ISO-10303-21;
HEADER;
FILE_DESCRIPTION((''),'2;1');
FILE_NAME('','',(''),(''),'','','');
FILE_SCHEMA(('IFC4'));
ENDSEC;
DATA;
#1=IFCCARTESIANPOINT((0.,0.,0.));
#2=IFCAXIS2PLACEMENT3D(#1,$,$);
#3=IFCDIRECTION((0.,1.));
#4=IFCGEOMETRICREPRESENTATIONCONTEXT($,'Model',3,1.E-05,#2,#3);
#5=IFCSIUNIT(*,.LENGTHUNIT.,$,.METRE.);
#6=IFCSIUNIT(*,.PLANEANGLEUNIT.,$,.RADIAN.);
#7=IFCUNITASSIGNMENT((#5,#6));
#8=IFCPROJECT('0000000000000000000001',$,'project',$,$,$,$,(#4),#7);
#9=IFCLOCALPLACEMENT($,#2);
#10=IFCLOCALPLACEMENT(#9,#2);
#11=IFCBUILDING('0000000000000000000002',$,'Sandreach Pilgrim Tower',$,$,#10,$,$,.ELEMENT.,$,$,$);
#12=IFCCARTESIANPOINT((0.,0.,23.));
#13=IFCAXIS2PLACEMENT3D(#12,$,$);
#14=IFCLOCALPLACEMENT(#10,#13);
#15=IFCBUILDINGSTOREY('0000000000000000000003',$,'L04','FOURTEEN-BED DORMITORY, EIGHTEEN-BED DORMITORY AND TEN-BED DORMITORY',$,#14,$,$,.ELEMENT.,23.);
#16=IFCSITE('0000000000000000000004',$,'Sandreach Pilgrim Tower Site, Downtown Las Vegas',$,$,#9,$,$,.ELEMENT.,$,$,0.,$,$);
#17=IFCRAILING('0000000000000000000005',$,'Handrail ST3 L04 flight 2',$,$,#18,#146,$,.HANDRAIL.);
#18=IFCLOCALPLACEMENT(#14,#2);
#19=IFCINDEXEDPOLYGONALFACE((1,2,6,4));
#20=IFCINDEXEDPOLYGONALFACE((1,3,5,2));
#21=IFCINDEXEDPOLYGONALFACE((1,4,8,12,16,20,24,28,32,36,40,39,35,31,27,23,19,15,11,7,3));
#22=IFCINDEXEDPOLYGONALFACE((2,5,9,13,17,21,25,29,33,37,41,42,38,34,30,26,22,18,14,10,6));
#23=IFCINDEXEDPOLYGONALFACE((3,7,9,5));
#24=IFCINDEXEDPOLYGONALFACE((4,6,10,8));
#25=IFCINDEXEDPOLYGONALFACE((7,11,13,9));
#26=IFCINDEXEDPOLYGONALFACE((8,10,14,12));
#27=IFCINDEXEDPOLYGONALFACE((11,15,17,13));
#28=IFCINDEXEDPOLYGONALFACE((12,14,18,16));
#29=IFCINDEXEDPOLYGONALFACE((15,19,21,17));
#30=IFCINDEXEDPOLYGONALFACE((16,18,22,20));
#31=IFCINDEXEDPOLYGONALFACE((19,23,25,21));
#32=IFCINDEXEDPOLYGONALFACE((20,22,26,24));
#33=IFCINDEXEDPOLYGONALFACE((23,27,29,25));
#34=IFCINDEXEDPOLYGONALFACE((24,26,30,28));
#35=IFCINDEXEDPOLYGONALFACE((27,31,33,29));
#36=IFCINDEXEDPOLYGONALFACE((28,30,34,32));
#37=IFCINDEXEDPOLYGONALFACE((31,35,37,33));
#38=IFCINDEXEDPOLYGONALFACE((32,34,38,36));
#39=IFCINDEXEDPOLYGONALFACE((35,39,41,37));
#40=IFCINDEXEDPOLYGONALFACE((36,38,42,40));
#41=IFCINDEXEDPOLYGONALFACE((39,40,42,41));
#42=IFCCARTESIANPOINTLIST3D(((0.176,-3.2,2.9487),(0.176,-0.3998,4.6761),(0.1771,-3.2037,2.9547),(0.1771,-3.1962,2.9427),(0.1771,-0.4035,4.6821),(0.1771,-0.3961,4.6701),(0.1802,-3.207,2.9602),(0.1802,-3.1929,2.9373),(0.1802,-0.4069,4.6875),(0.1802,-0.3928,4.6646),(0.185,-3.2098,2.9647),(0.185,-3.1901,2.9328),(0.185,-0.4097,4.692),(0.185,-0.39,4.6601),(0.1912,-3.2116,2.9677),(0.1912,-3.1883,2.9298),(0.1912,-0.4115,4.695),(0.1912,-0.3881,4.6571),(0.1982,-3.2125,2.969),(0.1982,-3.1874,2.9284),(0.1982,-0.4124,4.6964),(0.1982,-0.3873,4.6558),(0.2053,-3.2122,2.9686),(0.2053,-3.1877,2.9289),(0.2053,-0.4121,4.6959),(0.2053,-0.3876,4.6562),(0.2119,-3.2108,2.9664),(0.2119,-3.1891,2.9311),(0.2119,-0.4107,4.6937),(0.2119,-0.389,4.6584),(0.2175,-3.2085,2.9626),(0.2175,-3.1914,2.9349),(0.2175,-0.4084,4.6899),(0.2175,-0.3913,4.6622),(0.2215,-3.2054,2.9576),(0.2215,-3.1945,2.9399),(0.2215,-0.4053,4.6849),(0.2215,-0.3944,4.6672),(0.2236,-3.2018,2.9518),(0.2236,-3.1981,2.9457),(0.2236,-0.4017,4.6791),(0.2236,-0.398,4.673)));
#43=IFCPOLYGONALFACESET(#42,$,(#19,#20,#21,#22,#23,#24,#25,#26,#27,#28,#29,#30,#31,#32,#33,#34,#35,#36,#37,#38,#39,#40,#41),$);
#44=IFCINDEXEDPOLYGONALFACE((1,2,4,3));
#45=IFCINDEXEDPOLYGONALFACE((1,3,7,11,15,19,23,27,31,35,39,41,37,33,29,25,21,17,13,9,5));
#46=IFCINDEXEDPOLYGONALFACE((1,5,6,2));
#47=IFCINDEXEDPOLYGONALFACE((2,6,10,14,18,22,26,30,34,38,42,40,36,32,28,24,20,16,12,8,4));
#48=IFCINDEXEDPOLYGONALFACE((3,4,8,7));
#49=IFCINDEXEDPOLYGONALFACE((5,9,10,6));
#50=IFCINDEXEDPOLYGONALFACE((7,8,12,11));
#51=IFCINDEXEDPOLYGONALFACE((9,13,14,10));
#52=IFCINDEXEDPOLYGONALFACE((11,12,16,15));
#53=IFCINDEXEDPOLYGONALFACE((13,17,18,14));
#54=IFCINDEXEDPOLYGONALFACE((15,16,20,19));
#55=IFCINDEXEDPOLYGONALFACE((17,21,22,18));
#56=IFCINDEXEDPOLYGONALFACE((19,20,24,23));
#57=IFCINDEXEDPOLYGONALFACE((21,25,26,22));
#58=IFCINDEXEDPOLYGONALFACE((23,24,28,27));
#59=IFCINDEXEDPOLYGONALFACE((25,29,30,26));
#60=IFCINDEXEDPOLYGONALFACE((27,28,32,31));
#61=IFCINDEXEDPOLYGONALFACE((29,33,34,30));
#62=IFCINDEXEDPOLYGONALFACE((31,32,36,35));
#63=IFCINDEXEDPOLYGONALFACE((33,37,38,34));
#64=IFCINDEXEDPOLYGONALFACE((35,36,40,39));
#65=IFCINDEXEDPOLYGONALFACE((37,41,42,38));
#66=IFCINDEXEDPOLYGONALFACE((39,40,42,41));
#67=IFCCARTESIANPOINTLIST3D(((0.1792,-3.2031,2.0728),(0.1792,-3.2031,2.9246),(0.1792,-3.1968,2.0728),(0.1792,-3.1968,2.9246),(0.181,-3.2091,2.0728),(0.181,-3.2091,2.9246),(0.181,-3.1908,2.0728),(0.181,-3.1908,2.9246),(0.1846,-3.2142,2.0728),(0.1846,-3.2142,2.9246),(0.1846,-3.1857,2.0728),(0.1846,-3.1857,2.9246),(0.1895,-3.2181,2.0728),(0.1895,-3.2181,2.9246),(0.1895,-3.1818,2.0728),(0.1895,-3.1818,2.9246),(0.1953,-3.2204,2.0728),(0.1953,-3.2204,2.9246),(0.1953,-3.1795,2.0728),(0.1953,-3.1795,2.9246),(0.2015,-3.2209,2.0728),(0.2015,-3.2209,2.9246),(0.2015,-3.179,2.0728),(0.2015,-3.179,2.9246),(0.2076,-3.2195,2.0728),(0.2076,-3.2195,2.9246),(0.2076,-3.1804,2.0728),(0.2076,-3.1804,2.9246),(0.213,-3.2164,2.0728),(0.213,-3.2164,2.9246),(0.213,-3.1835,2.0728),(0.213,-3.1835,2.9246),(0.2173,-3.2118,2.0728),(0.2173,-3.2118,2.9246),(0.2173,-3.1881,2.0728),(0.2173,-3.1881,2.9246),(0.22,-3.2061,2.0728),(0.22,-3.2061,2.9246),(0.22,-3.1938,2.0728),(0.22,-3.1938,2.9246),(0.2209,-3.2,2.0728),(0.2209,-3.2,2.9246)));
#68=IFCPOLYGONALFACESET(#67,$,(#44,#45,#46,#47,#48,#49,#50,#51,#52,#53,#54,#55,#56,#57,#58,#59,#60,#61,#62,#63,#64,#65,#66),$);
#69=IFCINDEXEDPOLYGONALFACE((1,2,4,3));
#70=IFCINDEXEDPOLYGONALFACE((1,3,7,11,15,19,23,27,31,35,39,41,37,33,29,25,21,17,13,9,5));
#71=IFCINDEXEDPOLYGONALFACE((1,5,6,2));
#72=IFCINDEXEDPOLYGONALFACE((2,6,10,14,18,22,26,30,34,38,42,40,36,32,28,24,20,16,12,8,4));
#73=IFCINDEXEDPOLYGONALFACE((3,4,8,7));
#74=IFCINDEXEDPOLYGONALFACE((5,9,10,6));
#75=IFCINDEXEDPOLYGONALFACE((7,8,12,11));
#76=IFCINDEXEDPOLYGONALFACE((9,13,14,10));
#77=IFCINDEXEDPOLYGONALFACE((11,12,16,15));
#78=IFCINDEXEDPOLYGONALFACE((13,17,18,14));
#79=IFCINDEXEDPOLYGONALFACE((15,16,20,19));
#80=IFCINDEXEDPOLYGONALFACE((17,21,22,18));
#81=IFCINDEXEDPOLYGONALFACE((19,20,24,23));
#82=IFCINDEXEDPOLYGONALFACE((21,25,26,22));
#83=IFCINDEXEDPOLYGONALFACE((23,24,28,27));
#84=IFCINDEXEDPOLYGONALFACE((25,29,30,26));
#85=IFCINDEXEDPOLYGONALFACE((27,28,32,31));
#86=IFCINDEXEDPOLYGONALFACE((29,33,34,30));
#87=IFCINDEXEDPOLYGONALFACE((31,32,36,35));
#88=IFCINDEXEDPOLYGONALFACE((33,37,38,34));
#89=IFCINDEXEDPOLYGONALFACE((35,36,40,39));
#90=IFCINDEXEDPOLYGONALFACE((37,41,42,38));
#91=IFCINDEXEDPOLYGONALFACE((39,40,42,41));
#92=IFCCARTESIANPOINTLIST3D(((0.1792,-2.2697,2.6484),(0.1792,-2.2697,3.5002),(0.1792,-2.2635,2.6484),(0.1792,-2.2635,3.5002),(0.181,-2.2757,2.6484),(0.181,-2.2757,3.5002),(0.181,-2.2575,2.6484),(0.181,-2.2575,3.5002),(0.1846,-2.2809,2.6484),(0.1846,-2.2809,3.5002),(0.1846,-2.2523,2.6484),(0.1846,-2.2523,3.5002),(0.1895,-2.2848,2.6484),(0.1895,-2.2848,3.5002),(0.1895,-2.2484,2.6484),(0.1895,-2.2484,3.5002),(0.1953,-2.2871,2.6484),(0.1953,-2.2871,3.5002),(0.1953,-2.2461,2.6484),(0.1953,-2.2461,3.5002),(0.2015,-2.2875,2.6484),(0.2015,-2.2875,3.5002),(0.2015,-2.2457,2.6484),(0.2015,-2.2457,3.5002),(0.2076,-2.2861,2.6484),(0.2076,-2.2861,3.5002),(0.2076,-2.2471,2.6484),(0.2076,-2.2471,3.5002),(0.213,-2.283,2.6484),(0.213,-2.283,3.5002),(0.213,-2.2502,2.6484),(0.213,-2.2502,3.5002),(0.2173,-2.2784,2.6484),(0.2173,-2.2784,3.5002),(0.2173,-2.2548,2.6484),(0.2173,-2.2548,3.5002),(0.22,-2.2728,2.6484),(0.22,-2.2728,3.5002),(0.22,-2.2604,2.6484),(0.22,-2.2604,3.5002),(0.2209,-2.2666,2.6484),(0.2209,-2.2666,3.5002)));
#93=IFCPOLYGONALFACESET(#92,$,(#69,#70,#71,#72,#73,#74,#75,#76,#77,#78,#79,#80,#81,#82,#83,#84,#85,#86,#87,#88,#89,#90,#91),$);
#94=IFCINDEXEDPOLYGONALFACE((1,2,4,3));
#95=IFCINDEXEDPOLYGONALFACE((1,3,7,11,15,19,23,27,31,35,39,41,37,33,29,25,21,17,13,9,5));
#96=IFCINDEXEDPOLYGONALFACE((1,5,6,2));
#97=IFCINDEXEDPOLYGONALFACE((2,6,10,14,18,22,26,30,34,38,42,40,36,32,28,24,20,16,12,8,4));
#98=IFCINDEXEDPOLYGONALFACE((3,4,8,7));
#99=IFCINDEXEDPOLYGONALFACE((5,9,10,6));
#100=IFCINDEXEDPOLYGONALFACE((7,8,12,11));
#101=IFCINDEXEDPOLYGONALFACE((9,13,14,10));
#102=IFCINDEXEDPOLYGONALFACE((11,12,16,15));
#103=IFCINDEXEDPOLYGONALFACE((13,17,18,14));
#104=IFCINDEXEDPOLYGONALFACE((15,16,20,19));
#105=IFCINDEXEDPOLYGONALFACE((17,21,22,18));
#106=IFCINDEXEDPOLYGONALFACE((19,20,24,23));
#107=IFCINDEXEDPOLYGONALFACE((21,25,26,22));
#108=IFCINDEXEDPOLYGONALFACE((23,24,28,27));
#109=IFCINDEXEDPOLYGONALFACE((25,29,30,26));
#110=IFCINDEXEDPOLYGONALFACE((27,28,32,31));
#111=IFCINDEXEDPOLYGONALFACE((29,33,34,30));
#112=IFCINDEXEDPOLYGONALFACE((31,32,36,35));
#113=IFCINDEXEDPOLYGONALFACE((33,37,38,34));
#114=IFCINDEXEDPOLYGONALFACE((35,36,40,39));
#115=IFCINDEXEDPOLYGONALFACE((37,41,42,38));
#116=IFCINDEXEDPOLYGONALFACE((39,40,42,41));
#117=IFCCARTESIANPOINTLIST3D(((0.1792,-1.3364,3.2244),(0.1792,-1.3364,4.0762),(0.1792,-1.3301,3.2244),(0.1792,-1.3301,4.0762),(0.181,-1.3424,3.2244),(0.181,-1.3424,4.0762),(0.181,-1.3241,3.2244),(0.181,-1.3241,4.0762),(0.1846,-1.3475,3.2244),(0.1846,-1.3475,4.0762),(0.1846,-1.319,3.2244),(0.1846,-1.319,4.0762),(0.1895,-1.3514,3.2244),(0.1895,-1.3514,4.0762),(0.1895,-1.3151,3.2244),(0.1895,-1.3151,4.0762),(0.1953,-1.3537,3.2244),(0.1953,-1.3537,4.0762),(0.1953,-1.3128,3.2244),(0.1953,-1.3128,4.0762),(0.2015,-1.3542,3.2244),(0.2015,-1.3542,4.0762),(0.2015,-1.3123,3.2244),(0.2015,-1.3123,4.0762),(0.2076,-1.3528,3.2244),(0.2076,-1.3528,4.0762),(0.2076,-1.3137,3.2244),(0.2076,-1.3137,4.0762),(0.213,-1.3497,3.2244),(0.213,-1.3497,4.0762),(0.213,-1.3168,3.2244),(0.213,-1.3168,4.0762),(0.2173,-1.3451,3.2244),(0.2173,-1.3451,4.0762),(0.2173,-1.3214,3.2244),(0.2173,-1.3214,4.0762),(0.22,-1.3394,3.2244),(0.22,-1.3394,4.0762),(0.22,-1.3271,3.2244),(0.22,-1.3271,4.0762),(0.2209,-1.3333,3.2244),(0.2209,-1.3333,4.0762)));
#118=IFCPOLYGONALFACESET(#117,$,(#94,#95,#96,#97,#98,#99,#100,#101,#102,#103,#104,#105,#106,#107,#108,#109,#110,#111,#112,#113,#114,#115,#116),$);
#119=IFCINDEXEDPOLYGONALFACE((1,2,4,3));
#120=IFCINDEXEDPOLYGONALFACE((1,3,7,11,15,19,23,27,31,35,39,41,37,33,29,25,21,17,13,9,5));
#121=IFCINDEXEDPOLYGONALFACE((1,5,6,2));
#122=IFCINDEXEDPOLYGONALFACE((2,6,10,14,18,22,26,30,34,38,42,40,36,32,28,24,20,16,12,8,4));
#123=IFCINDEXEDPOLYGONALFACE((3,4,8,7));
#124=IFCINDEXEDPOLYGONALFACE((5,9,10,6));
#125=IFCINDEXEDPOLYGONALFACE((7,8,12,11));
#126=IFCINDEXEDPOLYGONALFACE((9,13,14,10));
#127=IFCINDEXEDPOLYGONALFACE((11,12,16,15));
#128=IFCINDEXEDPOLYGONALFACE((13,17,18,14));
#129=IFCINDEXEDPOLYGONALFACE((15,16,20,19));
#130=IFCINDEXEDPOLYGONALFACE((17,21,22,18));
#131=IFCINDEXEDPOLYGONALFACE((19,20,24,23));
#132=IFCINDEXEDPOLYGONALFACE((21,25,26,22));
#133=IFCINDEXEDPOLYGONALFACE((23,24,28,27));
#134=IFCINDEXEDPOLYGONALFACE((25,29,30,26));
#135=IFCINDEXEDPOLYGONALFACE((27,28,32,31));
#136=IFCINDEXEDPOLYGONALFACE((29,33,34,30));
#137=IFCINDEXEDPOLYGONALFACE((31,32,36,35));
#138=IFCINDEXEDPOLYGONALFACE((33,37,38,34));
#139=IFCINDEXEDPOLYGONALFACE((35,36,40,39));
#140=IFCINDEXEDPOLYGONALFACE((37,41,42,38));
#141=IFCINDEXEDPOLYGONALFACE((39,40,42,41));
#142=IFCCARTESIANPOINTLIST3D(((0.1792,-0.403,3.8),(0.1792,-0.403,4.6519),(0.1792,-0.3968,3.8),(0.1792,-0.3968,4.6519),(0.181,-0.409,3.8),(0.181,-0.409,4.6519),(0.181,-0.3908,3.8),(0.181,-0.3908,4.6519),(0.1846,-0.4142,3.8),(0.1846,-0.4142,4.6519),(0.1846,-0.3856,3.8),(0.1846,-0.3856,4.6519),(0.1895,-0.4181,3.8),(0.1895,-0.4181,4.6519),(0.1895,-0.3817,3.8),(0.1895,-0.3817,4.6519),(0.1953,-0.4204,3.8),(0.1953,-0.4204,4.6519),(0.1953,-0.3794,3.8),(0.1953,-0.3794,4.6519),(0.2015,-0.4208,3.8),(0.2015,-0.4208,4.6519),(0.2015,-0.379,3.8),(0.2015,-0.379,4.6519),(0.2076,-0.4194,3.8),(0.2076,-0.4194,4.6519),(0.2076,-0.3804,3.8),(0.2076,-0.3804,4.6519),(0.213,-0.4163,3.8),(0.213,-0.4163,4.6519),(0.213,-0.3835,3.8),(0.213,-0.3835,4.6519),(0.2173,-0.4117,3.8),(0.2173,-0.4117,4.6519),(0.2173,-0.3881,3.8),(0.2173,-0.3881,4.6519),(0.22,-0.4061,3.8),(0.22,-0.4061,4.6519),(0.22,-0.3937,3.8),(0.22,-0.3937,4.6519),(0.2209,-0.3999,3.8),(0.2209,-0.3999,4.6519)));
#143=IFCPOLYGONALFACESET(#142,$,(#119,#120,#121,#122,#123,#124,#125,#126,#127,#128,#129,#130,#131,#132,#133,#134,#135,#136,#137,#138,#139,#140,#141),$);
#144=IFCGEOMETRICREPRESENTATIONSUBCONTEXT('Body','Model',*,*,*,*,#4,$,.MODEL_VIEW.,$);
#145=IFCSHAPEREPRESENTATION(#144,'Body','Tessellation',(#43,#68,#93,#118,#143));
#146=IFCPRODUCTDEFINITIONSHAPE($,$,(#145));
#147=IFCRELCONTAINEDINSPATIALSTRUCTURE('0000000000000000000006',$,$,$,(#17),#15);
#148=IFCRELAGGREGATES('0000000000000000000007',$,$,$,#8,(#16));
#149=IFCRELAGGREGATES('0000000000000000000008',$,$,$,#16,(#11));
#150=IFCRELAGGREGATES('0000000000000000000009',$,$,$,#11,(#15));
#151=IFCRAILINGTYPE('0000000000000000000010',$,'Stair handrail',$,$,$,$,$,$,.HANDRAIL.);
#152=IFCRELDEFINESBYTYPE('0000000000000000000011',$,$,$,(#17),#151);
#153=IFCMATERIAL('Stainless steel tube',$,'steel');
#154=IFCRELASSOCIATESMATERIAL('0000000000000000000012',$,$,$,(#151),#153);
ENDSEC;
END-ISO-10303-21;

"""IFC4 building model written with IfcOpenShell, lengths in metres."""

from ifc_helpers import new_model, si_unit, direction, frame, origin, origin_2d, place, context, subcontext, project, spatial, circle, extrude, material, type_object, element, save


model = new_model("IFC4")

# Units and contexts
model_context = context("Model", 3, precision=1e-05, world=origin(), true_north=direction((0.0, 1.0)))
body_context = subcontext(model_context, "Body", "Model", "MODEL_VIEW")
ifc_project = project(units=[si_unit("LENGTHUNIT", "METRE"), si_unit("PLANEANGLEUNIT", "RADIAN")], contexts=[model_context])

# Site, building, storey
site_placement = place(None, origin())
site = spatial("IfcSite", under=ifc_project, at=site_placement, Name="Sandreach Pilgrim Tower Site, Downtown Las Vegas", CompositionType="ELEMENT", RefElevation=0.0)
building_placement = place(site_placement, origin())
building = spatial("IfcBuilding", under=site, at=building_placement, Name="Sandreach Pilgrim Tower", CompositionType="ELEMENT")
storey_placement = place(building_placement, frame((0.0, 0.0, 23.0)))
storey = spatial("IfcBuildingStorey", under=building, at=storey_placement, Name="L04", Description="FOURTEEN-BED DORMITORY, EIGHTEEN-BED DORMITORY AND TEN-BED DORMITORY", CompositionType="ELEMENT", Elevation=23.0)

# Railing
ifc_material_1 = material(Name="Stainless steel tube", Category="steel")
railing_type = type_object("IfcRailingType", Name="Stair handrail", PredefinedType="HANDRAIL", material=ifc_material_1)
for number, where, name in (
    (1, (0.2, -3.2, 2.0728), "Handrail ST3 L04 flight 2"),
):
    element("IfcRailing", number, at=place(storey_placement, frame(where)), inside=storey, type_object=railing_type, Name=name, PredefinedType="HANDRAIL", context=body_context, shape_type="SweptSolid", body=[
        extrude(circle(Radius=0.0239, at=origin_2d()), frame((0.0, 0.0, 0.876), z_axis=(0.0, 0.85109, 0.52502), x_axis=(-1.0, 0.0, 0.0)), (0.0, 0.0, 1.0), 3.29),
        extrude(circle(Radius=0.021, at=origin_2d()), origin(), (0.0, 0.0, 1.0), 0.8518),
        extrude(circle(Radius=0.021, at=origin_2d()), frame((0.0, 0.9333, 0.5757)), (0.0, 0.0, 1.0), 0.8518),
        extrude(circle(Radius=0.021, at=origin_2d()), frame((0.0, 1.8667, 1.1516)), (0.0, 0.0, 1.0), 0.8518),
        extrude(circle(Radius=0.021, at=origin_2d()), frame((0.0, 2.8, 1.7273)), (0.0, 0.0, 1.0), 0.8518),
    ])

save(model, "model.ifc")
